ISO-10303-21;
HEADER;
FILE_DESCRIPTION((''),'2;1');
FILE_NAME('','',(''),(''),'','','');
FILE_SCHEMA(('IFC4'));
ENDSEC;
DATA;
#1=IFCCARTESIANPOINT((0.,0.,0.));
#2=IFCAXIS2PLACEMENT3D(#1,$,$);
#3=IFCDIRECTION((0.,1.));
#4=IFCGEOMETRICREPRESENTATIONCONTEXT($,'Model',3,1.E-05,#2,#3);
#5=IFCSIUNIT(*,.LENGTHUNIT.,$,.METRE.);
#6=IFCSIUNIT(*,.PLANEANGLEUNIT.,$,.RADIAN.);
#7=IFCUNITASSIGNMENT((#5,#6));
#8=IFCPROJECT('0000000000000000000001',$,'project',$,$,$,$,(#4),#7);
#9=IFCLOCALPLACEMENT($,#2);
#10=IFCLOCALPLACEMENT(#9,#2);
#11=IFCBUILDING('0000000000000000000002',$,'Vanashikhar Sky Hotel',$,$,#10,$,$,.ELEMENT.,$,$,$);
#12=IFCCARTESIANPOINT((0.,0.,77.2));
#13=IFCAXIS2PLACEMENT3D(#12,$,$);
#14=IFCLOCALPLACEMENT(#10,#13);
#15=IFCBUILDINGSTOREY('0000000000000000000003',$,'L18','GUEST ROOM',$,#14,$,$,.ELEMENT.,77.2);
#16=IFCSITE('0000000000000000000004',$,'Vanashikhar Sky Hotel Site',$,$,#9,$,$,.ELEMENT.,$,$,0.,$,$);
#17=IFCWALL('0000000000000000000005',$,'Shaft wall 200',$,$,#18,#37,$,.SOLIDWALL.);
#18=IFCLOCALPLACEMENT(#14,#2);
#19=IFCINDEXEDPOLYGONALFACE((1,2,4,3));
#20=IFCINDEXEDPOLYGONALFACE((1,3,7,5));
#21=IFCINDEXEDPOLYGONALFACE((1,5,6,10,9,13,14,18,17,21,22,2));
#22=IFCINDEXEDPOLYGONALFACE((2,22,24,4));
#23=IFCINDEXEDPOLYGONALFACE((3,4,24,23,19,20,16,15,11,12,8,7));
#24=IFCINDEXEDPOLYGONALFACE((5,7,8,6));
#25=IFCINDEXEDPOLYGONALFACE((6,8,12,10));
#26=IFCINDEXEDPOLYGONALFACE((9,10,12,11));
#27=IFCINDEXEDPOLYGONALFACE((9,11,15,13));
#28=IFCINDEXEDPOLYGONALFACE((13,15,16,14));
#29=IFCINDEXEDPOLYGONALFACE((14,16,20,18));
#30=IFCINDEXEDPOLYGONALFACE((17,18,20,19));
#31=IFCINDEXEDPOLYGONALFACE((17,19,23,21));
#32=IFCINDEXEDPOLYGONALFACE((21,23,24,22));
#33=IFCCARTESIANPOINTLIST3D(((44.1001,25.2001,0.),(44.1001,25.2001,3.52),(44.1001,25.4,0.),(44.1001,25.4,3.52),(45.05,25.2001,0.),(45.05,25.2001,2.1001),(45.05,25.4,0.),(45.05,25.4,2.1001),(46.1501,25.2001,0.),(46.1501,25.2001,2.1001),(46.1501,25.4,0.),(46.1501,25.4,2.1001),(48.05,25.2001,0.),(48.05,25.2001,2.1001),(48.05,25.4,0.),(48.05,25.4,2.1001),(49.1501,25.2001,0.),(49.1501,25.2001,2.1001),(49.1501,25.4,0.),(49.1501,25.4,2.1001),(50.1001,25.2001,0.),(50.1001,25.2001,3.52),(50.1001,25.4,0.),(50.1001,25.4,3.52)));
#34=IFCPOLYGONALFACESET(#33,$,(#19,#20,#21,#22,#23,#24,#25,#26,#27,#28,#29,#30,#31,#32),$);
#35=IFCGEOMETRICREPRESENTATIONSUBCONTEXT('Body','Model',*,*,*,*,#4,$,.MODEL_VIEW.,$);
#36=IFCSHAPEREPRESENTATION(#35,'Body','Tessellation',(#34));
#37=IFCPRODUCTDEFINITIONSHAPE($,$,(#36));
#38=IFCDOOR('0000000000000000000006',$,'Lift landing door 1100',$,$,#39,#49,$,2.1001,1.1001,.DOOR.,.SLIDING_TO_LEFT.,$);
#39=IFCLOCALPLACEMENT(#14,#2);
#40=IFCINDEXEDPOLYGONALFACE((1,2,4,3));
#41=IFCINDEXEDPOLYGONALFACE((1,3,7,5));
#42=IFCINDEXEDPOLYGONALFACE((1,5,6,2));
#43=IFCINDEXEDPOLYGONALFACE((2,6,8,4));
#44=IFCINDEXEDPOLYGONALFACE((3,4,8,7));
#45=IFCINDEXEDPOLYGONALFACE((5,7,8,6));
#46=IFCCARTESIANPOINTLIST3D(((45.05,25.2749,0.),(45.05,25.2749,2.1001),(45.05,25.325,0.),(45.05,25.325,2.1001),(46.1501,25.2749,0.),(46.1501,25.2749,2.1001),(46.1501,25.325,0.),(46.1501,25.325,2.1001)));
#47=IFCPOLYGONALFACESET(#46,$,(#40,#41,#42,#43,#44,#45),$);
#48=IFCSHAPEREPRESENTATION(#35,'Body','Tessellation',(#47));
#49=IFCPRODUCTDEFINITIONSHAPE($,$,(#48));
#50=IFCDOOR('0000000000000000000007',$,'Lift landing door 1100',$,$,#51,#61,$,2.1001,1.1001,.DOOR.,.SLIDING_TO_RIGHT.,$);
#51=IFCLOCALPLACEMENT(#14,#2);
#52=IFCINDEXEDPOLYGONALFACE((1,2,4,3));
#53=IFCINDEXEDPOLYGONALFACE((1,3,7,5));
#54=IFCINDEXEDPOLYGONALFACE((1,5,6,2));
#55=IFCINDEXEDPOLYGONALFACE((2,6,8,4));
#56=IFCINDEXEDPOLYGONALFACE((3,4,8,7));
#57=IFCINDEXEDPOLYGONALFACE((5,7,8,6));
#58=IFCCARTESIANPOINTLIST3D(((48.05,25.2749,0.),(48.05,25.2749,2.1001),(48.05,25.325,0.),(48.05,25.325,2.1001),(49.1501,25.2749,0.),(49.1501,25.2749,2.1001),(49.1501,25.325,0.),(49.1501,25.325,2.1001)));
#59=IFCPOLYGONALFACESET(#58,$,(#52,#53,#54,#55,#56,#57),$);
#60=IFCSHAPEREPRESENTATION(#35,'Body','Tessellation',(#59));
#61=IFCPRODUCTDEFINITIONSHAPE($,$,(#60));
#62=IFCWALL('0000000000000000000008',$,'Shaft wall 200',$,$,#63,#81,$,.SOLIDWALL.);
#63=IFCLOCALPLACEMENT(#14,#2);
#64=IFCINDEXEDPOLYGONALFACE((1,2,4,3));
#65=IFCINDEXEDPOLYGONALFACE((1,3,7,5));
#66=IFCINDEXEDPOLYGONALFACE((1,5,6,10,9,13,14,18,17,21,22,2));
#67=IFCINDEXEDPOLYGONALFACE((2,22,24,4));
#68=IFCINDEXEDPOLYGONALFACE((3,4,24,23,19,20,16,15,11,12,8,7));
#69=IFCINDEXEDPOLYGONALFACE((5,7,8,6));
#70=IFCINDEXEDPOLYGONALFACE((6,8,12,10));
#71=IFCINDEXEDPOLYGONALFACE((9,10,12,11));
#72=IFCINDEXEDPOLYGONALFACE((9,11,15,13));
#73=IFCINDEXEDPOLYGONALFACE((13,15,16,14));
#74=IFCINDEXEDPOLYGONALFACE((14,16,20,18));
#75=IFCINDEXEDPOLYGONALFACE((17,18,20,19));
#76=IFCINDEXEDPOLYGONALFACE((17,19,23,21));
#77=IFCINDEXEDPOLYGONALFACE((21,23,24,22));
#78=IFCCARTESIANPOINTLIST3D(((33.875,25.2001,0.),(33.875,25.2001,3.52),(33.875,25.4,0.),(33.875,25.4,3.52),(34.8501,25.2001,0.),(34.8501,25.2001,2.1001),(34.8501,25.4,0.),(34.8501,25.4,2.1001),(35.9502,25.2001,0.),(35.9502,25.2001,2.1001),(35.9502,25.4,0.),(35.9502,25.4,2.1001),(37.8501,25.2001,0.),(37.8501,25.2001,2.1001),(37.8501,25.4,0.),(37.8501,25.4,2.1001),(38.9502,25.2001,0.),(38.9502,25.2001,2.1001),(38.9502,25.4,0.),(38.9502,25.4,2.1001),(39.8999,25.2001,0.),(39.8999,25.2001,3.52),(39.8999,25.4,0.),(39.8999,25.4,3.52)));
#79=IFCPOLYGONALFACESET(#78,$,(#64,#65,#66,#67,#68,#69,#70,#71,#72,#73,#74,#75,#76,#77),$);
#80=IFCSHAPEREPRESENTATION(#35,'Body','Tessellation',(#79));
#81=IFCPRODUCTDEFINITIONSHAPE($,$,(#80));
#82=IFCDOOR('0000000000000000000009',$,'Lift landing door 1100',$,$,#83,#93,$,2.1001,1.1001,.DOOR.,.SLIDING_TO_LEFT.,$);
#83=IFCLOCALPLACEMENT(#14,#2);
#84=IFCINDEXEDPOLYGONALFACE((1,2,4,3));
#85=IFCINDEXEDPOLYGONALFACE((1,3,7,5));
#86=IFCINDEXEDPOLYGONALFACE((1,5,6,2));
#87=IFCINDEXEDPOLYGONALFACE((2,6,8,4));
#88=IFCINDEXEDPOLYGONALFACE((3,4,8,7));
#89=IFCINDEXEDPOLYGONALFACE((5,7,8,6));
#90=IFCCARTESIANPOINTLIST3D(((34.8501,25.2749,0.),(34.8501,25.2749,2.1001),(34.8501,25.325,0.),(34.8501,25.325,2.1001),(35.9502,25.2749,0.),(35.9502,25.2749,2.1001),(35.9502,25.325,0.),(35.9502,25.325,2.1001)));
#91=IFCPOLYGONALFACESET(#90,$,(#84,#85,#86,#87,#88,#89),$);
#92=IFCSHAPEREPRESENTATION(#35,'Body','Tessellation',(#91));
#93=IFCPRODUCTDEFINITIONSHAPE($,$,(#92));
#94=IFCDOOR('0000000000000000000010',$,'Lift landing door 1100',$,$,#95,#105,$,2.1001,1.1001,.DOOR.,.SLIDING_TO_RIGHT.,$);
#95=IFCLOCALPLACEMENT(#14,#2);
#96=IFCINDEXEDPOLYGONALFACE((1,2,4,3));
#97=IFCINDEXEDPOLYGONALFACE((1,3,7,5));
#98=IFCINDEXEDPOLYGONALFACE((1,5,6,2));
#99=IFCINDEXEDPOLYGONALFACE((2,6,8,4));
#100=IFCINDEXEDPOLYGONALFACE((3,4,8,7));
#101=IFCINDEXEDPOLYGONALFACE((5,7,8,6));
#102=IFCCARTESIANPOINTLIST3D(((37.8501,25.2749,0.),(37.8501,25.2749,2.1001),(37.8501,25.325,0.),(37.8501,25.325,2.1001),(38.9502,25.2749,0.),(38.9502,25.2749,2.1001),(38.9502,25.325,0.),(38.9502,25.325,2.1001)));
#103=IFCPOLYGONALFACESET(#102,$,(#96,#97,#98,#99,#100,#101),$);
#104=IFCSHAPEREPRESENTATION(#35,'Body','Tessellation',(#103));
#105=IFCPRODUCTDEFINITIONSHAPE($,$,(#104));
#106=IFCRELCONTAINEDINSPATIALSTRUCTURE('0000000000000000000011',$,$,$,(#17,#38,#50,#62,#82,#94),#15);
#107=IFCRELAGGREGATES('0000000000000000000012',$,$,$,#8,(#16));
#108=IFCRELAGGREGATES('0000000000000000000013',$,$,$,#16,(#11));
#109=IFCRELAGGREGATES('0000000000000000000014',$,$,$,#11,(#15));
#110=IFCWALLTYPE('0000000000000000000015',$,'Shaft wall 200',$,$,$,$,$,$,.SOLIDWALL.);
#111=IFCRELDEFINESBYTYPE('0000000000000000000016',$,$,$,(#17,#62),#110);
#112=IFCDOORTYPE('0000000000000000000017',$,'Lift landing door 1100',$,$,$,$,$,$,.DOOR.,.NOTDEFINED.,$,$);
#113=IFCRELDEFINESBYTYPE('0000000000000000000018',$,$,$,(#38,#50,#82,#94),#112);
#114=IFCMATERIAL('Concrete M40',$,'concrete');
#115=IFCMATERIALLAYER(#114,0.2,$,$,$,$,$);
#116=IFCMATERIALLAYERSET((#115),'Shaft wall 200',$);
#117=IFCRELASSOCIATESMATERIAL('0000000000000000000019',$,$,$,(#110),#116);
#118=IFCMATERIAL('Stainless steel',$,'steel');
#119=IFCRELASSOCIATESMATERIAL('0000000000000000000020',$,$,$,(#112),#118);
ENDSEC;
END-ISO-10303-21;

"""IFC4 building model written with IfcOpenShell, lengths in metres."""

from ifc_helpers import new_model, si_unit, direction, frame, frame_2d, origin, place, context, subcontext, project, spatial, rectangle, extrude, source, transform, mapped, material, layer, layer_set, type_object, element, fill, save


model = new_model("IFC4")

# Units and contexts
model_context = context("Model", 3, precision=1e-05, world=origin(), true_north=direction((0.0, 1.0)))
body_context = subcontext(model_context, "Body", "Model", "MODEL_VIEW")
ifc_project = project(units=[si_unit("LENGTHUNIT", "METRE"), si_unit("PLANEANGLEUNIT", "RADIAN")], contexts=[model_context])

# Site, building, storey
site_placement = place(None, origin())
site = spatial("IfcSite", under=ifc_project, at=site_placement, Name="Vanashikhar Sky Hotel Site", CompositionType="ELEMENT", RefElevation=0.0)
building_placement = place(site_placement, origin())
building = spatial("IfcBuilding", under=site, at=building_placement, Name="Vanashikhar Sky Hotel", CompositionType="ELEMENT")
storey_placement = place(building_placement, frame((0.0, 0.0, 77.2)))
storey = spatial("IfcBuildingStorey", under=building, at=storey_placement, Name="L18", Description="GUEST ROOM", CompositionType="ELEMENT", Elevation=77.2)

# Walls, openings, doors
ifc_material_1 = material(Name="Concrete M40", Category="concrete")
ifc_layer_1 = layer(ifc_material_1, 0.2)
ifc_layer_set_1 = layer_set([ifc_layer_1], Name="Shaft wall 200")
wall_type_1 = type_object("IfcWallType", Name="Shaft wall 200", PredefinedType="SOLIDWALL", material=ifc_layer_set_1)
shared_shape_1 = source(origin(), body_context, "Body", "SweptSolid", [
    extrude(rectangle(XDim=6.0, YDim=0.2, at=frame_2d((3.0, 0.0))), origin(), (0.0, 0.0, 1.0), 3.52),
])
wall_1_placement = place(storey_placement, frame((44.1001, 25.3, 0.0), z_axis=(0.0, 0.0, 1.0), x_axis=(1.0, 0.0, 0.0)))
wall_1 = element("IfcWall", 1, at=wall_1_placement, inside=storey, type_object=wall_type_1, Name="Shaft wall 200", PredefinedType="SOLIDWALL", context=body_context, shape_type="MappedRepresentation", body=[
    mapped(shared_shape_1, transform((0.0, 0.0, 0.0), scale=1.0)),
])
shared_shape_2 = source(origin(), body_context, "Body", "SweptSolid", [
    extrude(rectangle(XDim=1.1001, YDim=2.1001, at=frame_2d((0.55, 1.05))), frame((0.0, 0.1099, 0.0), z_axis=(0.0, -1.0, 0.0), x_axis=(1.0, 0.0, 0.0)), (0.0, 0.0, 1.0), 0.22),
])
opening_1_placement = place(wall_1_placement, frame((0.95, 0.0, 0.0)))
opening_1 = element("IfcOpeningElement", 2, at=opening_1_placement, cuts=wall_1, PredefinedType="OPENING", context=body_context, shape_type="MappedRepresentation", body=[
    mapped(shared_shape_2, transform((0.0, 0.0, 0.0), scale=1.0)),
])
opening_2_placement = place(wall_1_placement, frame((3.95, 0.0, 0.0)))
opening_2 = element("IfcOpeningElement", 3, at=opening_2_placement, cuts=wall_1, PredefinedType="OPENING", context=body_context, shape_type="MappedRepresentation", body=[
    mapped(shared_shape_2, transform((0.0, 0.0, 0.0), scale=1.0)),
])
ifc_material_2 = material(Name="Stainless steel", Category="steel")
door_type_1 = type_object("IfcDoorType", Name="Lift landing door 1100", OperationType="NOTDEFINED", PredefinedType="DOOR", material=ifc_material_2)
shared_shape_3 = source(origin(), body_context, "Body", "SweptSolid", [
    extrude(rectangle(XDim=1.1001, YDim=2.1001, at=frame_2d((0.55, 1.05))), frame((0.0, 0.0249, 0.0), z_axis=(0.0, -1.0, 0.0), x_axis=(1.0, 0.0, 0.0)), (0.0, 0.0, 1.0), 0.05),
])
door_1_placement = place(opening_1_placement, origin())
door_1 = element("IfcDoor", 4, at=door_1_placement, inside=storey, type_object=door_type_1, Name="Lift landing door 1100", OperationType="SLIDING_TO_LEFT", OverallHeight=2.1001, OverallWidth=1.1001, PredefinedType="DOOR", context=body_context, shape_type="MappedRepresentation", body=[
    mapped(shared_shape_3, transform((0.0, 0.0, 0.0), scale=1.0)),
])
fill(opening_1, door_1)
door_2_placement = place(opening_2_placement, origin())
door_2 = element("IfcDoor", 5, at=door_2_placement, inside=storey, type_object=door_type_1, Name="Lift landing door 1100", OperationType="SLIDING_TO_RIGHT", OverallHeight=2.1001, OverallWidth=1.1001, PredefinedType="DOOR", context=body_context, shape_type="MappedRepresentation", body=[
    mapped(shared_shape_3, transform((0.0, 0.0, 0.0), scale=1.0)),
])
fill(opening_2, door_2)
shared_shape_4 = source(origin(), body_context, "Body", "SweptSolid", [
    extrude(rectangle(XDim=6.0249, YDim=0.2, at=frame_2d((3.0125, 0.0))), origin(), (0.0, 0.0, 1.0), 3.52),
])
wall_2_placement = place(storey_placement, frame((33.875, 25.3, 0.0), z_axis=(0.0, 0.0, 1.0), x_axis=(1.0, 0.0, 0.0)))
wall_2 = element("IfcWall", 6, at=wall_2_placement, inside=storey, type_object=wall_type_1, Name="Shaft wall 200", PredefinedType="SOLIDWALL", context=body_context, shape_type="MappedRepresentation", body=[
    mapped(shared_shape_4, transform((0.0, 0.0, 0.0), scale=1.0)),
])
opening_3_placement = place(wall_2_placement, frame((0.9751, 0.0, 0.0)))
opening_3 = element("IfcOpeningElement", 7, at=opening_3_placement, cuts=wall_2, PredefinedType="OPENING", context=body_context, shape_type="MappedRepresentation", body=[
    mapped(shared_shape_2, transform((0.0, 0.0, 0.0), scale=1.0)),
])
opening_4_placement = place(wall_2_placement, frame((3.9751, 0.0, 0.0)))
opening_4 = element("IfcOpeningElement", 8, at=opening_4_placement, cuts=wall_2, PredefinedType="OPENING", context=body_context, shape_type="MappedRepresentation", body=[
    mapped(shared_shape_2, transform((0.0, 0.0, 0.0), scale=1.0)),
])
door_3_placement = place(opening_3_placement, origin())
door_3 = element("IfcDoor", 9, at=door_3_placement, inside=storey, type_object=door_type_1, Name="Lift landing door 1100", OperationType="SLIDING_TO_LEFT", OverallHeight=2.1001, OverallWidth=1.1001, PredefinedType="DOOR", context=body_context, shape_type="MappedRepresentation", body=[
    mapped(shared_shape_3, transform((0.0, 0.0, 0.0), scale=1.0)),
])
fill(opening_3, door_3)
door_4_placement = place(opening_4_placement, origin())
door_4 = element("IfcDoor", 10, at=door_4_placement, inside=storey, type_object=door_type_1, Name="Lift landing door 1100", OperationType="SLIDING_TO_RIGHT", OverallHeight=2.1001, OverallWidth=1.1001, PredefinedType="DOOR", context=body_context, shape_type="MappedRepresentation", body=[
    mapped(shared_shape_3, transform((0.0, 0.0, 0.0), scale=1.0)),
])
fill(opening_4, door_4)

save(model, "model.ifc")
